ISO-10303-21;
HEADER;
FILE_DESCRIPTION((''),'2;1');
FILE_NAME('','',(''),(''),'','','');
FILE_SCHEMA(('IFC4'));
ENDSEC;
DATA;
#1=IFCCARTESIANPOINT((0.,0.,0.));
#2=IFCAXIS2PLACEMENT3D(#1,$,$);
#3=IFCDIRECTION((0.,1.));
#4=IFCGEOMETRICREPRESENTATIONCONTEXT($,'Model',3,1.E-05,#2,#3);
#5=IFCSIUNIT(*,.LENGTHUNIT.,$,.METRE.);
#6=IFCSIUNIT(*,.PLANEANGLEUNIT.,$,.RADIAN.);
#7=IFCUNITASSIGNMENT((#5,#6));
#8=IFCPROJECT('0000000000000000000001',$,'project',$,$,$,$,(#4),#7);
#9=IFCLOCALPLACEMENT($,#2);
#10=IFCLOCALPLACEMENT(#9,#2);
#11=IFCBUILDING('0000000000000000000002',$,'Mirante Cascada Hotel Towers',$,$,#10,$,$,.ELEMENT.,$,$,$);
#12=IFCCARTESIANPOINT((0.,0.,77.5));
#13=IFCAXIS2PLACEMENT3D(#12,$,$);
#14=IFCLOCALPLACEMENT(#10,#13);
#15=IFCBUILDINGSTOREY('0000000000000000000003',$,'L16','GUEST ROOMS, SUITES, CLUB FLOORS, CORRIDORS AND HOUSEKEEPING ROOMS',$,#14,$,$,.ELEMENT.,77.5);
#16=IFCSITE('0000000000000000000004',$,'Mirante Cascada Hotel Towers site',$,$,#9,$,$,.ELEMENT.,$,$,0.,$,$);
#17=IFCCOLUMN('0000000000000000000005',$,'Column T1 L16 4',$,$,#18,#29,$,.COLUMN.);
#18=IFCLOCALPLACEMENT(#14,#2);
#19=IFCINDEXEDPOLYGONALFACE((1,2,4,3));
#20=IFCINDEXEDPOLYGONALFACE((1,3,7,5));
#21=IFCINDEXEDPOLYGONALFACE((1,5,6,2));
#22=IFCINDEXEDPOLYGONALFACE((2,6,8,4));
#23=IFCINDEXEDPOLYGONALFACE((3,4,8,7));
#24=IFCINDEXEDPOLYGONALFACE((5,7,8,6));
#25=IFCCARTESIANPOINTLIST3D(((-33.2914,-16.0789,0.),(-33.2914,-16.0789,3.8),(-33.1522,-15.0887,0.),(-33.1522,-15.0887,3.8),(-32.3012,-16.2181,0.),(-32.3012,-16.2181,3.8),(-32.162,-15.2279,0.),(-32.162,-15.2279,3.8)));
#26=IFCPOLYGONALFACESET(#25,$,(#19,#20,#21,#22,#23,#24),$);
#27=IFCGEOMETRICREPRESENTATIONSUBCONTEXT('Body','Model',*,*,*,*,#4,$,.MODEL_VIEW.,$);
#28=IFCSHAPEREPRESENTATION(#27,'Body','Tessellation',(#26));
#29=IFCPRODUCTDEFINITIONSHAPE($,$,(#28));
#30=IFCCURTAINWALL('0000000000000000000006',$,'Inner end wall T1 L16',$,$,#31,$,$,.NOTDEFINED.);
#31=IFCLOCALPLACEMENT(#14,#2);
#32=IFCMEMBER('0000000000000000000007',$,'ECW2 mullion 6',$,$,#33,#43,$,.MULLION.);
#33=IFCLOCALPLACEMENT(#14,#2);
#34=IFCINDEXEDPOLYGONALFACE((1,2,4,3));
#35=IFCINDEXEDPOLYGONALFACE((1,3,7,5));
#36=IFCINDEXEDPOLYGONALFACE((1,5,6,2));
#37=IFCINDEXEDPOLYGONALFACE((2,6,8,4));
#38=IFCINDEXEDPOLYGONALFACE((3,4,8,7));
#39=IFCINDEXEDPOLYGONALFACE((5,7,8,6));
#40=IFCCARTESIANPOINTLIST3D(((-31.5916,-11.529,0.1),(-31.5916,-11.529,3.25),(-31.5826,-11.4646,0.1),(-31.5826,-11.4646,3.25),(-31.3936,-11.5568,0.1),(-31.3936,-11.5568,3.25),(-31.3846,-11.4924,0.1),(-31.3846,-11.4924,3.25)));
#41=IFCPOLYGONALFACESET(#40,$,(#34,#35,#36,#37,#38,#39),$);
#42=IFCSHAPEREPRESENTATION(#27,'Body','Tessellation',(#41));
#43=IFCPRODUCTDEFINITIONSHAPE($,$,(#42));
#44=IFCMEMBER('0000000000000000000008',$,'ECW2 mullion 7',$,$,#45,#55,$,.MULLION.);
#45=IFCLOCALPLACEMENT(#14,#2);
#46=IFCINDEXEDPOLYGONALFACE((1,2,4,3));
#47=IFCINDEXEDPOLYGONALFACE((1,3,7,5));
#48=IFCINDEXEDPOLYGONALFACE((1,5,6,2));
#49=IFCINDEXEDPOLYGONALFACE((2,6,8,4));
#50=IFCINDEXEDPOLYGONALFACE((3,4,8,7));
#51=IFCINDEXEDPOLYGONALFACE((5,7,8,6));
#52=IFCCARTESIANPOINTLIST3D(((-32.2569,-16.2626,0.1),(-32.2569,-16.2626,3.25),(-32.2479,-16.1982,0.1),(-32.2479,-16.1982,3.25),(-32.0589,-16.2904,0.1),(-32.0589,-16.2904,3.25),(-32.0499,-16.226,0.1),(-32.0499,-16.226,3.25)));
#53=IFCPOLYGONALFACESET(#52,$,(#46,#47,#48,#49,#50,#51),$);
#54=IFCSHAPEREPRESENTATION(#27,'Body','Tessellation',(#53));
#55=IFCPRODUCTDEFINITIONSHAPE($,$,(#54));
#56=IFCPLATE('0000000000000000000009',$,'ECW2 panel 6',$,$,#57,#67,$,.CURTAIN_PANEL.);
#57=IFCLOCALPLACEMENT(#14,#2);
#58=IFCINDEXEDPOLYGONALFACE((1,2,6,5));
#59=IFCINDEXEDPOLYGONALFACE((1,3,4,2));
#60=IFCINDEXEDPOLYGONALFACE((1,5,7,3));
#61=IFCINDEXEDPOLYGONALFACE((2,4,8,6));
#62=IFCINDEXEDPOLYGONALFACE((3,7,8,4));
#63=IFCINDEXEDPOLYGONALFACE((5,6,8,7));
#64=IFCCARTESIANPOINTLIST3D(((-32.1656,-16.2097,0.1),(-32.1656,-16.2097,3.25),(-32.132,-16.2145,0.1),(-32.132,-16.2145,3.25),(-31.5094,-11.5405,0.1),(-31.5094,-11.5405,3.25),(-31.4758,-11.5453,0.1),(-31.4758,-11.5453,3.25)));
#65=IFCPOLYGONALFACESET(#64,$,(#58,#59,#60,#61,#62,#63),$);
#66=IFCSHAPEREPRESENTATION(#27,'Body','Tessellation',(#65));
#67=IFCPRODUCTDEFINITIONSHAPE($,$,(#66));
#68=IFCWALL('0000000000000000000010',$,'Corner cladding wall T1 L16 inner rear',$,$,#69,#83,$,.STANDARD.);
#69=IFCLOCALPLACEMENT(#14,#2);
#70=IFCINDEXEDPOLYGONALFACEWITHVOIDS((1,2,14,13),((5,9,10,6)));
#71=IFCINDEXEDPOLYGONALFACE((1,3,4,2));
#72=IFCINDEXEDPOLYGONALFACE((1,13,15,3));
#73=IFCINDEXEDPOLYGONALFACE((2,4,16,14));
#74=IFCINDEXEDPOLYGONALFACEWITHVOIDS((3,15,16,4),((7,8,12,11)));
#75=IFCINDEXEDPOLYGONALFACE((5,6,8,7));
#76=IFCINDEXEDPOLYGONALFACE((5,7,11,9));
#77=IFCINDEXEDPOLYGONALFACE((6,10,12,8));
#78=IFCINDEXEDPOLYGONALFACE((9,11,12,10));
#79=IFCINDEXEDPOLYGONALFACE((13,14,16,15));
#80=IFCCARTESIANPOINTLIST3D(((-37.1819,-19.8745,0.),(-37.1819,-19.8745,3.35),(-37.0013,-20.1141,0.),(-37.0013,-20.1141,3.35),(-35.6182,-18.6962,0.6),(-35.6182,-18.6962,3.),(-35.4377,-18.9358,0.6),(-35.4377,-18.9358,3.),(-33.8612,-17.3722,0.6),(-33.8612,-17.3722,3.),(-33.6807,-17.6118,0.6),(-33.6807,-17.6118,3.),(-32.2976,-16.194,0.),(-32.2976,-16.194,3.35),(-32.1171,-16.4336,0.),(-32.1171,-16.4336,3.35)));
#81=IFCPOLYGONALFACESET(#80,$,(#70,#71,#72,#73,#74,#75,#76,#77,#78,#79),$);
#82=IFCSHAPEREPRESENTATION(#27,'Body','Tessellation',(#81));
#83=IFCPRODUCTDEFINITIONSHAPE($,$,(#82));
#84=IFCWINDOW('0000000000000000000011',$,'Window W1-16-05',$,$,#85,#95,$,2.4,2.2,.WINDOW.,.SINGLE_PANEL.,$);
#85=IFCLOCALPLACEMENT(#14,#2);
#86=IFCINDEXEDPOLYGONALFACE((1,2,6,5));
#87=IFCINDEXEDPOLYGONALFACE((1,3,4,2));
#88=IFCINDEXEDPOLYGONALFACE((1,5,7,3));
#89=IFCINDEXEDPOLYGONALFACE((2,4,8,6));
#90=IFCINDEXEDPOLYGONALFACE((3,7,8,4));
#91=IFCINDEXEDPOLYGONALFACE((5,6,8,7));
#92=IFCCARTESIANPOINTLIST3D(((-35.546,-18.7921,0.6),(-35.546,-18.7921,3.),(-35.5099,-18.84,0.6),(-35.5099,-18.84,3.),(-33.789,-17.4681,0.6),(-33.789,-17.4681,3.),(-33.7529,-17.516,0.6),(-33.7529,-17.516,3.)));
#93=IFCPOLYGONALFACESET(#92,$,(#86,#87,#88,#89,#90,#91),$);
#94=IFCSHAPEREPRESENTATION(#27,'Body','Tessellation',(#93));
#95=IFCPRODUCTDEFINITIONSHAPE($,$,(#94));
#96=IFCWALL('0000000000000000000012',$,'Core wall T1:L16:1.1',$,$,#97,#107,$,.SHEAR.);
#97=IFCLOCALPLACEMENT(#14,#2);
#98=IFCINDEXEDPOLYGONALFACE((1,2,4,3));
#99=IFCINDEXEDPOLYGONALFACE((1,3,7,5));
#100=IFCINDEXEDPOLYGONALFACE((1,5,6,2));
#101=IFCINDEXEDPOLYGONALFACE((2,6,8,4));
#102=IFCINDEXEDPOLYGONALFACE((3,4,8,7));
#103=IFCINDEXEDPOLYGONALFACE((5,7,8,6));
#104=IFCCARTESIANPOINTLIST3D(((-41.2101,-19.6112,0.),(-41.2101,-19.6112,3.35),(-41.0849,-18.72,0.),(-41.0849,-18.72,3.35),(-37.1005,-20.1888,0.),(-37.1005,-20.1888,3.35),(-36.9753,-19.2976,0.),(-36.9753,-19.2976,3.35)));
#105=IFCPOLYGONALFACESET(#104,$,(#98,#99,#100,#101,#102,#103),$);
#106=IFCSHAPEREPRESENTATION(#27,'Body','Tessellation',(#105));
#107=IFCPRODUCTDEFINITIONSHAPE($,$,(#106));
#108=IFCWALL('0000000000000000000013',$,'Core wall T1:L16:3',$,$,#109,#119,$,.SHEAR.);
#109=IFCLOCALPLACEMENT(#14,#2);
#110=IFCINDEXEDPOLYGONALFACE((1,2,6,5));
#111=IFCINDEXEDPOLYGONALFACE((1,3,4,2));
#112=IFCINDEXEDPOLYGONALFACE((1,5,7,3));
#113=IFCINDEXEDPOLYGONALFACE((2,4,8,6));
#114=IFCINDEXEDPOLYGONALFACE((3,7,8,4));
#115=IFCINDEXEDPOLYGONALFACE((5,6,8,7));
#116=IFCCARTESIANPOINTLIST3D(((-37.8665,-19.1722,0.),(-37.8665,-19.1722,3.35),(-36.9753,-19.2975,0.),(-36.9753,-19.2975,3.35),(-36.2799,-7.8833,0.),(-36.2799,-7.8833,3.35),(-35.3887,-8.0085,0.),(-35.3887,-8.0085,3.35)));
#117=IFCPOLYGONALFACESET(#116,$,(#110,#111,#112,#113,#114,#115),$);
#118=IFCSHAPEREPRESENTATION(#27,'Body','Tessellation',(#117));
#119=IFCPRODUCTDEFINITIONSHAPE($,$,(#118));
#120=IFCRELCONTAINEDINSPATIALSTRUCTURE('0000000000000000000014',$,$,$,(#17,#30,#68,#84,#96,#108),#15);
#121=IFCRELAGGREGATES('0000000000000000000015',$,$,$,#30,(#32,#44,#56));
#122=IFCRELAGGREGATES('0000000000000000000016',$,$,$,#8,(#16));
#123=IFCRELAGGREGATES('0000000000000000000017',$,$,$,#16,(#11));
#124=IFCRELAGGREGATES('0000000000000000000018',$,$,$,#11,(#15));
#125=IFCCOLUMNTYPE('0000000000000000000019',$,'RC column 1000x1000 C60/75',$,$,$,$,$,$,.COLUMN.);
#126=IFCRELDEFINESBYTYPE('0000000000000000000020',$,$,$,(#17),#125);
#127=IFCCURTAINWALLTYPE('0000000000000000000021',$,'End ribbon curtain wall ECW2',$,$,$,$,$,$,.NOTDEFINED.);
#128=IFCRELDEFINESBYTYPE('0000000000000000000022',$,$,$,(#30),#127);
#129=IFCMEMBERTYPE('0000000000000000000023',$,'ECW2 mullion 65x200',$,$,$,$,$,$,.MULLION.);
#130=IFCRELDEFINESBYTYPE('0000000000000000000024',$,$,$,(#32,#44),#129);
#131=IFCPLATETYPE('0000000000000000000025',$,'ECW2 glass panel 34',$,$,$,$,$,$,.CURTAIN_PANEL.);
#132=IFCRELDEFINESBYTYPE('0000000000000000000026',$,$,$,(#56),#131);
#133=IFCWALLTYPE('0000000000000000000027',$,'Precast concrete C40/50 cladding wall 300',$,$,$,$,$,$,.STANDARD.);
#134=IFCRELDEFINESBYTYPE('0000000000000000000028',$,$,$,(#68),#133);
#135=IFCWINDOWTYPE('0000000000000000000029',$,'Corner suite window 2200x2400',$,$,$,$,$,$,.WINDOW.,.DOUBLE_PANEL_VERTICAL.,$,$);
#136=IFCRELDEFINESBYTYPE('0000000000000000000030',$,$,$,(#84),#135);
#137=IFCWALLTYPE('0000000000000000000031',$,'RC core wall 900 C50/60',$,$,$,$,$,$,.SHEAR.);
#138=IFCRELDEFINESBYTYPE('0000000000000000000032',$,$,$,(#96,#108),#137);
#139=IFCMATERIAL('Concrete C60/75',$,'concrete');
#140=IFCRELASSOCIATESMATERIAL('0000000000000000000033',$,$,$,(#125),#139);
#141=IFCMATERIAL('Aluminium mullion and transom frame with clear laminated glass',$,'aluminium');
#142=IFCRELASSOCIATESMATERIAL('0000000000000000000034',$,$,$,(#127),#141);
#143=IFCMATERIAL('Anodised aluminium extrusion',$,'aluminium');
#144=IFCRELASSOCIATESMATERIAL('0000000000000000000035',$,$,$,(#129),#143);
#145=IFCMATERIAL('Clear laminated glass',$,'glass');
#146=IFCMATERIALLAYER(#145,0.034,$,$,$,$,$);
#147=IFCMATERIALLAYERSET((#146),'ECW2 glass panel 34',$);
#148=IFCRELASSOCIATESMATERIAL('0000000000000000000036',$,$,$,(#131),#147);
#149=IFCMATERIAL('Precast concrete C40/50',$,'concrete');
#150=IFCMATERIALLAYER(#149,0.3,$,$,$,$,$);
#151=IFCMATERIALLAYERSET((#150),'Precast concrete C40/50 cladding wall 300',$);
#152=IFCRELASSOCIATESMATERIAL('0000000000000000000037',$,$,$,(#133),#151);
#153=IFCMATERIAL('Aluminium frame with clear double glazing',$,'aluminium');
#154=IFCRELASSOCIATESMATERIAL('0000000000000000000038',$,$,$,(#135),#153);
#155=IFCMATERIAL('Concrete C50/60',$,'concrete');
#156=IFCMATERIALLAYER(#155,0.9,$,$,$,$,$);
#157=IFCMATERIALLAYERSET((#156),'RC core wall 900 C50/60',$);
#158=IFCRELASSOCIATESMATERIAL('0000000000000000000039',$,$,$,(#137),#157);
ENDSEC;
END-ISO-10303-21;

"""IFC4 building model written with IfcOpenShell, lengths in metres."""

from ifc_helpers import new_model, si_unit, direction, frame, frame_2d, origin, origin_2d, place, context, subcontext, project, spatial, rectangle, extrude, material, layer, layer_set, material_profile, profile_set, type_object, element, fill, aggregate, save


model = new_model("IFC4")

# Units and contexts
model_context = context("Model", 3, precision=1e-05, world=origin(), true_north=direction((0.0, 1.0)))
body_context = subcontext(model_context, "Body", "Model", "MODEL_VIEW")
ifc_project = project(units=[si_unit("LENGTHUNIT", "METRE"), si_unit("PLANEANGLEUNIT", "RADIAN")], contexts=[model_context])

# Site, building, storey
site_placement = place(None, origin())
site = spatial("IfcSite", under=ifc_project, at=site_placement, Name="Mirante Cascada Hotel Towers site", CompositionType="ELEMENT", RefElevation=0.0)
building_placement = place(site_placement, origin())
building = spatial("IfcBuilding", under=site, at=building_placement, Name="Mirante Cascada Hotel Towers", CompositionType="ELEMENT")
storey_placement = place(building_placement, frame((0.0, 0.0, 77.5)))
storey = spatial("IfcBuildingStorey", under=building, at=storey_placement, Name="L16", Description="GUEST ROOMS, SUITES, CLUB FLOORS, CORRIDORS AND HOUSEKEEPING ROOMS", CompositionType="ELEMENT", Elevation=77.5)

# Column
ifc_material_1 = material(Name="Concrete C60/75", Category="concrete")
ifc_material_profile_1 = material_profile(ifc_material_1, rectangle(XDim=1.0, YDim=1.0, at=origin_2d()), Name="RC column 1000x1000 C60/75")
ifc_profile_set_1 = profile_set([ifc_material_profile_1], Name="Concrete C60/75")
column_type = type_object("IfcColumnType", Name="RC column 1000x1000 C60/75", PredefinedType="COLUMN", material=ifc_profile_set_1)
column_placement = place(storey_placement, frame((-32.7267, -15.6534, 0.0), z_axis=(0.0, 0.0, 1.0), x_axis=(-0.990268, 0.139173, 0.0)))
element("IfcColumn", 1, at=column_placement, inside=storey, type_object=column_type, Name="Column T1 L16 4", PredefinedType="COLUMN", context=body_context, shape_type="SweptSolid", body=[
    extrude(rectangle(XDim=1.0, YDim=1.0, at=origin_2d()), origin(), (0.0, 0.0, 1.0), 3.8),
])

# Curtain wall, members, plate
ifc_material_2 = material(Name="Aluminium mullion and transom frame with clear laminated glass", Category="aluminium")
curtain_wall_type = type_object("IfcCurtainWallType", Name="End ribbon curtain wall ECW2", PredefinedType="NOTDEFINED", material=ifc_material_2)
curtain_wall_placement = place(storey_placement, origin())
curtain_wall = element("IfcCurtainWall", 2, at=curtain_wall_placement, inside=storey, type_object=curtain_wall_type, Name="Inner end wall T1 L16", PredefinedType="NOTDEFINED")
ifc_material_3 = material(Name="Anodised aluminium extrusion", Category="aluminium")
ifc_material_profile_2 = material_profile(ifc_material_3, rectangle(XDim=0.2, YDim=0.065, at=origin_2d()), Name="ECW2 MULLION 65x200")
ifc_profile_set_2 = profile_set([ifc_material_profile_2], Name="Anodised aluminium extrusion")
member_type = type_object("IfcMemberType", Name="ECW2 mullion 65x200", PredefinedType="MULLION", material=ifc_profile_set_2)
member_1_placement = place(storey_placement, frame((-31.4881, -11.5107, 0.1), z_axis=(0.0, 0.0, 1.0), x_axis=(0.990268, -0.139173, 0.0)))
member_1 = element("IfcMember", 3, at=member_1_placement, type_object=member_type, Name="ECW2 mullion 6", PredefinedType="MULLION", context=body_context, shape_type="SweptSolid", body=[
    extrude(rectangle(XDim=0.2, YDim=0.065, at=origin_2d()), origin(), (0.0, 0.0, 1.0), 3.15),
])
member_2_placement = place(storey_placement, frame((-32.1534, -16.2443, 0.1), z_axis=(0.0, 0.0, 1.0), x_axis=(0.990268, -0.139173, 0.0)))
member_2 = element("IfcMember", 4, at=member_2_placement, type_object=member_type, Name="ECW2 mullion 7", PredefinedType="MULLION", context=body_context, shape_type="SweptSolid", body=[
    extrude(rectangle(XDim=0.2, YDim=0.065, at=origin_2d()), origin(), (0.0, 0.0, 1.0), 3.15),
])
ifc_material_4 = material(Name="Clear laminated glass", Category="glass")
ifc_layer_1 = layer(ifc_material_4, 0.034)
ifc_layer_set_1 = layer_set([ifc_layer_1], Name="ECW2 glass panel 34")
plate_type = type_object("IfcPlateType", Name="ECW2 glass panel 34", PredefinedType="CURTAIN_PANEL", material=ifc_layer_set_1)
plate_placement = place(storey_placement, frame((-31.8207, -13.8775, 0.1), z_axis=(0.0, 0.0, 1.0), x_axis=(-0.139173, -0.990268, 0.0)))
plate = element("IfcPlate", 5, at=plate_placement, type_object=plate_type, Name="ECW2 panel 6", PredefinedType="CURTAIN_PANEL", context=body_context, shape_type="SweptSolid", body=[
    extrude(rectangle(XDim=4.7151, YDim=0.034, at=origin_2d()), origin(), (0.0, 0.0, 1.0), 3.15),
])
aggregate(curtain_wall, [member_1, member_2, plate])

# Wall, opening, window
ifc_material_5 = material(Name="Precast concrete C40/50", Category="concrete")
ifc_layer_2 = layer(ifc_material_5, 0.3)
ifc_layer_set_2 = layer_set([ifc_layer_2], Name="Precast concrete C40/50 cladding wall 300")
wall_type_1 = type_object("IfcWallType", Name="Precast concrete C40/50 cladding wall 300", PredefinedType="STANDARD", material=ifc_layer_set_2)
wall_1_placement = place(storey_placement, frame((-32.2074, -16.3138, 0.0), z_axis=(0.0, 0.0, 1.0), x_axis=(-0.798636, -0.601814, 0.0)))
wall_1 = element("IfcWall", 6, at=wall_1_placement, inside=storey, type_object=wall_type_1, Name="Corner cladding wall T1 L16 inner rear", PredefinedType="STANDARD", context=body_context, shape_type="SweptSolid", body=[
    extrude(rectangle(XDim=6.1157, YDim=0.3, at=frame_2d((3.0578, 0.0))), origin(), (0.0, 0.0, 1.0), 3.35),
])
opening_placement = place(wall_1_placement, frame((1.9578, 0.0, 0.6)))
opening = element("IfcOpeningElement", 7, at=opening_placement, cuts=wall_1, PredefinedType="OPENING", context=body_context, shape_type="SweptSolid", body=[
    extrude(rectangle(XDim=2.2, YDim=2.4, at=frame_2d((1.1, 1.2))), frame((0.0, 0.15, 0.0), z_axis=(0.0, -1.0, 0.0), x_axis=(1.0, 0.0, 0.0)), (0.0, 0.0, 1.0), 0.3),
])
ifc_material_6 = material(Name="Aluminium frame with clear double glazing", Category="aluminium")
window_type = type_object("IfcWindowType", Name="Corner suite window 2200x2400", PartitioningType="DOUBLE_PANEL_VERTICAL", PredefinedType="WINDOW", material=ifc_material_6)
window_placement = place(opening_placement, origin())
window = element("IfcWindow", 8, at=window_placement, inside=storey, type_object=window_type, Name="Window W1-16-05", OverallHeight=2.4, OverallWidth=2.2, PartitioningType="SINGLE_PANEL", PredefinedType="WINDOW", context=body_context, shape_type="SweptSolid", body=[
    extrude(rectangle(XDim=2.2, YDim=2.4, at=frame_2d((1.1, 1.2))), frame((0.0, 0.03, 0.0), z_axis=(0.0, -1.0, 0.0), x_axis=(1.0, 0.0, 0.0)), (0.0, 0.0, 1.0), 0.06),
])
fill(opening, window)

# Walls
ifc_material_7 = material(Name="Concrete C50/60", Category="concrete")
ifc_layer_3 = layer(ifc_material_7, 0.9)
ifc_layer_set_3 = layer_set([ifc_layer_3], Name="RC core wall 900 C50/60")
wall_type_2 = type_object("IfcWallType", Name="RC core wall 900 C50/60", PredefinedType="SHEAR", material=ifc_layer_set_3)
wall_2_placement = place(storey_placement, frame((-37.0379, -19.7432, 0.0), z_axis=(0.0, 0.0, 1.0), x_axis=(-0.990267, 0.139181, 0.0)))
element("IfcWall", 9, at=wall_2_placement, inside=storey, type_object=wall_type_2, Name="Core wall T1:L16:1.1", PredefinedType="SHEAR", context=body_context, shape_type="SweptSolid", body=[
    extrude(rectangle(XDim=4.15, YDim=0.9, at=frame_2d((2.075, 0.0))), origin(), (0.0, 0.0, 1.0), 3.35),
])
wall_3_placement = place(storey_placement, frame((-37.4209, -19.2349, 0.0), z_axis=(0.0, 0.0, 1.0), x_axis=(0.139176, 0.990268, 0.0)))
element("IfcWall", 10, at=wall_3_placement, inside=storey, type_object=wall_type_2, Name="Core wall T1:L16:3", PredefinedType="SHEAR", context=body_context, shape_type="SweptSolid", body=[
    extrude(rectangle(XDim=11.3999, YDim=0.9, at=frame_2d((5.7, 0.0))), origin(), (0.0, 0.0, 1.0), 3.35),
])

save(model, "model.ifc")
